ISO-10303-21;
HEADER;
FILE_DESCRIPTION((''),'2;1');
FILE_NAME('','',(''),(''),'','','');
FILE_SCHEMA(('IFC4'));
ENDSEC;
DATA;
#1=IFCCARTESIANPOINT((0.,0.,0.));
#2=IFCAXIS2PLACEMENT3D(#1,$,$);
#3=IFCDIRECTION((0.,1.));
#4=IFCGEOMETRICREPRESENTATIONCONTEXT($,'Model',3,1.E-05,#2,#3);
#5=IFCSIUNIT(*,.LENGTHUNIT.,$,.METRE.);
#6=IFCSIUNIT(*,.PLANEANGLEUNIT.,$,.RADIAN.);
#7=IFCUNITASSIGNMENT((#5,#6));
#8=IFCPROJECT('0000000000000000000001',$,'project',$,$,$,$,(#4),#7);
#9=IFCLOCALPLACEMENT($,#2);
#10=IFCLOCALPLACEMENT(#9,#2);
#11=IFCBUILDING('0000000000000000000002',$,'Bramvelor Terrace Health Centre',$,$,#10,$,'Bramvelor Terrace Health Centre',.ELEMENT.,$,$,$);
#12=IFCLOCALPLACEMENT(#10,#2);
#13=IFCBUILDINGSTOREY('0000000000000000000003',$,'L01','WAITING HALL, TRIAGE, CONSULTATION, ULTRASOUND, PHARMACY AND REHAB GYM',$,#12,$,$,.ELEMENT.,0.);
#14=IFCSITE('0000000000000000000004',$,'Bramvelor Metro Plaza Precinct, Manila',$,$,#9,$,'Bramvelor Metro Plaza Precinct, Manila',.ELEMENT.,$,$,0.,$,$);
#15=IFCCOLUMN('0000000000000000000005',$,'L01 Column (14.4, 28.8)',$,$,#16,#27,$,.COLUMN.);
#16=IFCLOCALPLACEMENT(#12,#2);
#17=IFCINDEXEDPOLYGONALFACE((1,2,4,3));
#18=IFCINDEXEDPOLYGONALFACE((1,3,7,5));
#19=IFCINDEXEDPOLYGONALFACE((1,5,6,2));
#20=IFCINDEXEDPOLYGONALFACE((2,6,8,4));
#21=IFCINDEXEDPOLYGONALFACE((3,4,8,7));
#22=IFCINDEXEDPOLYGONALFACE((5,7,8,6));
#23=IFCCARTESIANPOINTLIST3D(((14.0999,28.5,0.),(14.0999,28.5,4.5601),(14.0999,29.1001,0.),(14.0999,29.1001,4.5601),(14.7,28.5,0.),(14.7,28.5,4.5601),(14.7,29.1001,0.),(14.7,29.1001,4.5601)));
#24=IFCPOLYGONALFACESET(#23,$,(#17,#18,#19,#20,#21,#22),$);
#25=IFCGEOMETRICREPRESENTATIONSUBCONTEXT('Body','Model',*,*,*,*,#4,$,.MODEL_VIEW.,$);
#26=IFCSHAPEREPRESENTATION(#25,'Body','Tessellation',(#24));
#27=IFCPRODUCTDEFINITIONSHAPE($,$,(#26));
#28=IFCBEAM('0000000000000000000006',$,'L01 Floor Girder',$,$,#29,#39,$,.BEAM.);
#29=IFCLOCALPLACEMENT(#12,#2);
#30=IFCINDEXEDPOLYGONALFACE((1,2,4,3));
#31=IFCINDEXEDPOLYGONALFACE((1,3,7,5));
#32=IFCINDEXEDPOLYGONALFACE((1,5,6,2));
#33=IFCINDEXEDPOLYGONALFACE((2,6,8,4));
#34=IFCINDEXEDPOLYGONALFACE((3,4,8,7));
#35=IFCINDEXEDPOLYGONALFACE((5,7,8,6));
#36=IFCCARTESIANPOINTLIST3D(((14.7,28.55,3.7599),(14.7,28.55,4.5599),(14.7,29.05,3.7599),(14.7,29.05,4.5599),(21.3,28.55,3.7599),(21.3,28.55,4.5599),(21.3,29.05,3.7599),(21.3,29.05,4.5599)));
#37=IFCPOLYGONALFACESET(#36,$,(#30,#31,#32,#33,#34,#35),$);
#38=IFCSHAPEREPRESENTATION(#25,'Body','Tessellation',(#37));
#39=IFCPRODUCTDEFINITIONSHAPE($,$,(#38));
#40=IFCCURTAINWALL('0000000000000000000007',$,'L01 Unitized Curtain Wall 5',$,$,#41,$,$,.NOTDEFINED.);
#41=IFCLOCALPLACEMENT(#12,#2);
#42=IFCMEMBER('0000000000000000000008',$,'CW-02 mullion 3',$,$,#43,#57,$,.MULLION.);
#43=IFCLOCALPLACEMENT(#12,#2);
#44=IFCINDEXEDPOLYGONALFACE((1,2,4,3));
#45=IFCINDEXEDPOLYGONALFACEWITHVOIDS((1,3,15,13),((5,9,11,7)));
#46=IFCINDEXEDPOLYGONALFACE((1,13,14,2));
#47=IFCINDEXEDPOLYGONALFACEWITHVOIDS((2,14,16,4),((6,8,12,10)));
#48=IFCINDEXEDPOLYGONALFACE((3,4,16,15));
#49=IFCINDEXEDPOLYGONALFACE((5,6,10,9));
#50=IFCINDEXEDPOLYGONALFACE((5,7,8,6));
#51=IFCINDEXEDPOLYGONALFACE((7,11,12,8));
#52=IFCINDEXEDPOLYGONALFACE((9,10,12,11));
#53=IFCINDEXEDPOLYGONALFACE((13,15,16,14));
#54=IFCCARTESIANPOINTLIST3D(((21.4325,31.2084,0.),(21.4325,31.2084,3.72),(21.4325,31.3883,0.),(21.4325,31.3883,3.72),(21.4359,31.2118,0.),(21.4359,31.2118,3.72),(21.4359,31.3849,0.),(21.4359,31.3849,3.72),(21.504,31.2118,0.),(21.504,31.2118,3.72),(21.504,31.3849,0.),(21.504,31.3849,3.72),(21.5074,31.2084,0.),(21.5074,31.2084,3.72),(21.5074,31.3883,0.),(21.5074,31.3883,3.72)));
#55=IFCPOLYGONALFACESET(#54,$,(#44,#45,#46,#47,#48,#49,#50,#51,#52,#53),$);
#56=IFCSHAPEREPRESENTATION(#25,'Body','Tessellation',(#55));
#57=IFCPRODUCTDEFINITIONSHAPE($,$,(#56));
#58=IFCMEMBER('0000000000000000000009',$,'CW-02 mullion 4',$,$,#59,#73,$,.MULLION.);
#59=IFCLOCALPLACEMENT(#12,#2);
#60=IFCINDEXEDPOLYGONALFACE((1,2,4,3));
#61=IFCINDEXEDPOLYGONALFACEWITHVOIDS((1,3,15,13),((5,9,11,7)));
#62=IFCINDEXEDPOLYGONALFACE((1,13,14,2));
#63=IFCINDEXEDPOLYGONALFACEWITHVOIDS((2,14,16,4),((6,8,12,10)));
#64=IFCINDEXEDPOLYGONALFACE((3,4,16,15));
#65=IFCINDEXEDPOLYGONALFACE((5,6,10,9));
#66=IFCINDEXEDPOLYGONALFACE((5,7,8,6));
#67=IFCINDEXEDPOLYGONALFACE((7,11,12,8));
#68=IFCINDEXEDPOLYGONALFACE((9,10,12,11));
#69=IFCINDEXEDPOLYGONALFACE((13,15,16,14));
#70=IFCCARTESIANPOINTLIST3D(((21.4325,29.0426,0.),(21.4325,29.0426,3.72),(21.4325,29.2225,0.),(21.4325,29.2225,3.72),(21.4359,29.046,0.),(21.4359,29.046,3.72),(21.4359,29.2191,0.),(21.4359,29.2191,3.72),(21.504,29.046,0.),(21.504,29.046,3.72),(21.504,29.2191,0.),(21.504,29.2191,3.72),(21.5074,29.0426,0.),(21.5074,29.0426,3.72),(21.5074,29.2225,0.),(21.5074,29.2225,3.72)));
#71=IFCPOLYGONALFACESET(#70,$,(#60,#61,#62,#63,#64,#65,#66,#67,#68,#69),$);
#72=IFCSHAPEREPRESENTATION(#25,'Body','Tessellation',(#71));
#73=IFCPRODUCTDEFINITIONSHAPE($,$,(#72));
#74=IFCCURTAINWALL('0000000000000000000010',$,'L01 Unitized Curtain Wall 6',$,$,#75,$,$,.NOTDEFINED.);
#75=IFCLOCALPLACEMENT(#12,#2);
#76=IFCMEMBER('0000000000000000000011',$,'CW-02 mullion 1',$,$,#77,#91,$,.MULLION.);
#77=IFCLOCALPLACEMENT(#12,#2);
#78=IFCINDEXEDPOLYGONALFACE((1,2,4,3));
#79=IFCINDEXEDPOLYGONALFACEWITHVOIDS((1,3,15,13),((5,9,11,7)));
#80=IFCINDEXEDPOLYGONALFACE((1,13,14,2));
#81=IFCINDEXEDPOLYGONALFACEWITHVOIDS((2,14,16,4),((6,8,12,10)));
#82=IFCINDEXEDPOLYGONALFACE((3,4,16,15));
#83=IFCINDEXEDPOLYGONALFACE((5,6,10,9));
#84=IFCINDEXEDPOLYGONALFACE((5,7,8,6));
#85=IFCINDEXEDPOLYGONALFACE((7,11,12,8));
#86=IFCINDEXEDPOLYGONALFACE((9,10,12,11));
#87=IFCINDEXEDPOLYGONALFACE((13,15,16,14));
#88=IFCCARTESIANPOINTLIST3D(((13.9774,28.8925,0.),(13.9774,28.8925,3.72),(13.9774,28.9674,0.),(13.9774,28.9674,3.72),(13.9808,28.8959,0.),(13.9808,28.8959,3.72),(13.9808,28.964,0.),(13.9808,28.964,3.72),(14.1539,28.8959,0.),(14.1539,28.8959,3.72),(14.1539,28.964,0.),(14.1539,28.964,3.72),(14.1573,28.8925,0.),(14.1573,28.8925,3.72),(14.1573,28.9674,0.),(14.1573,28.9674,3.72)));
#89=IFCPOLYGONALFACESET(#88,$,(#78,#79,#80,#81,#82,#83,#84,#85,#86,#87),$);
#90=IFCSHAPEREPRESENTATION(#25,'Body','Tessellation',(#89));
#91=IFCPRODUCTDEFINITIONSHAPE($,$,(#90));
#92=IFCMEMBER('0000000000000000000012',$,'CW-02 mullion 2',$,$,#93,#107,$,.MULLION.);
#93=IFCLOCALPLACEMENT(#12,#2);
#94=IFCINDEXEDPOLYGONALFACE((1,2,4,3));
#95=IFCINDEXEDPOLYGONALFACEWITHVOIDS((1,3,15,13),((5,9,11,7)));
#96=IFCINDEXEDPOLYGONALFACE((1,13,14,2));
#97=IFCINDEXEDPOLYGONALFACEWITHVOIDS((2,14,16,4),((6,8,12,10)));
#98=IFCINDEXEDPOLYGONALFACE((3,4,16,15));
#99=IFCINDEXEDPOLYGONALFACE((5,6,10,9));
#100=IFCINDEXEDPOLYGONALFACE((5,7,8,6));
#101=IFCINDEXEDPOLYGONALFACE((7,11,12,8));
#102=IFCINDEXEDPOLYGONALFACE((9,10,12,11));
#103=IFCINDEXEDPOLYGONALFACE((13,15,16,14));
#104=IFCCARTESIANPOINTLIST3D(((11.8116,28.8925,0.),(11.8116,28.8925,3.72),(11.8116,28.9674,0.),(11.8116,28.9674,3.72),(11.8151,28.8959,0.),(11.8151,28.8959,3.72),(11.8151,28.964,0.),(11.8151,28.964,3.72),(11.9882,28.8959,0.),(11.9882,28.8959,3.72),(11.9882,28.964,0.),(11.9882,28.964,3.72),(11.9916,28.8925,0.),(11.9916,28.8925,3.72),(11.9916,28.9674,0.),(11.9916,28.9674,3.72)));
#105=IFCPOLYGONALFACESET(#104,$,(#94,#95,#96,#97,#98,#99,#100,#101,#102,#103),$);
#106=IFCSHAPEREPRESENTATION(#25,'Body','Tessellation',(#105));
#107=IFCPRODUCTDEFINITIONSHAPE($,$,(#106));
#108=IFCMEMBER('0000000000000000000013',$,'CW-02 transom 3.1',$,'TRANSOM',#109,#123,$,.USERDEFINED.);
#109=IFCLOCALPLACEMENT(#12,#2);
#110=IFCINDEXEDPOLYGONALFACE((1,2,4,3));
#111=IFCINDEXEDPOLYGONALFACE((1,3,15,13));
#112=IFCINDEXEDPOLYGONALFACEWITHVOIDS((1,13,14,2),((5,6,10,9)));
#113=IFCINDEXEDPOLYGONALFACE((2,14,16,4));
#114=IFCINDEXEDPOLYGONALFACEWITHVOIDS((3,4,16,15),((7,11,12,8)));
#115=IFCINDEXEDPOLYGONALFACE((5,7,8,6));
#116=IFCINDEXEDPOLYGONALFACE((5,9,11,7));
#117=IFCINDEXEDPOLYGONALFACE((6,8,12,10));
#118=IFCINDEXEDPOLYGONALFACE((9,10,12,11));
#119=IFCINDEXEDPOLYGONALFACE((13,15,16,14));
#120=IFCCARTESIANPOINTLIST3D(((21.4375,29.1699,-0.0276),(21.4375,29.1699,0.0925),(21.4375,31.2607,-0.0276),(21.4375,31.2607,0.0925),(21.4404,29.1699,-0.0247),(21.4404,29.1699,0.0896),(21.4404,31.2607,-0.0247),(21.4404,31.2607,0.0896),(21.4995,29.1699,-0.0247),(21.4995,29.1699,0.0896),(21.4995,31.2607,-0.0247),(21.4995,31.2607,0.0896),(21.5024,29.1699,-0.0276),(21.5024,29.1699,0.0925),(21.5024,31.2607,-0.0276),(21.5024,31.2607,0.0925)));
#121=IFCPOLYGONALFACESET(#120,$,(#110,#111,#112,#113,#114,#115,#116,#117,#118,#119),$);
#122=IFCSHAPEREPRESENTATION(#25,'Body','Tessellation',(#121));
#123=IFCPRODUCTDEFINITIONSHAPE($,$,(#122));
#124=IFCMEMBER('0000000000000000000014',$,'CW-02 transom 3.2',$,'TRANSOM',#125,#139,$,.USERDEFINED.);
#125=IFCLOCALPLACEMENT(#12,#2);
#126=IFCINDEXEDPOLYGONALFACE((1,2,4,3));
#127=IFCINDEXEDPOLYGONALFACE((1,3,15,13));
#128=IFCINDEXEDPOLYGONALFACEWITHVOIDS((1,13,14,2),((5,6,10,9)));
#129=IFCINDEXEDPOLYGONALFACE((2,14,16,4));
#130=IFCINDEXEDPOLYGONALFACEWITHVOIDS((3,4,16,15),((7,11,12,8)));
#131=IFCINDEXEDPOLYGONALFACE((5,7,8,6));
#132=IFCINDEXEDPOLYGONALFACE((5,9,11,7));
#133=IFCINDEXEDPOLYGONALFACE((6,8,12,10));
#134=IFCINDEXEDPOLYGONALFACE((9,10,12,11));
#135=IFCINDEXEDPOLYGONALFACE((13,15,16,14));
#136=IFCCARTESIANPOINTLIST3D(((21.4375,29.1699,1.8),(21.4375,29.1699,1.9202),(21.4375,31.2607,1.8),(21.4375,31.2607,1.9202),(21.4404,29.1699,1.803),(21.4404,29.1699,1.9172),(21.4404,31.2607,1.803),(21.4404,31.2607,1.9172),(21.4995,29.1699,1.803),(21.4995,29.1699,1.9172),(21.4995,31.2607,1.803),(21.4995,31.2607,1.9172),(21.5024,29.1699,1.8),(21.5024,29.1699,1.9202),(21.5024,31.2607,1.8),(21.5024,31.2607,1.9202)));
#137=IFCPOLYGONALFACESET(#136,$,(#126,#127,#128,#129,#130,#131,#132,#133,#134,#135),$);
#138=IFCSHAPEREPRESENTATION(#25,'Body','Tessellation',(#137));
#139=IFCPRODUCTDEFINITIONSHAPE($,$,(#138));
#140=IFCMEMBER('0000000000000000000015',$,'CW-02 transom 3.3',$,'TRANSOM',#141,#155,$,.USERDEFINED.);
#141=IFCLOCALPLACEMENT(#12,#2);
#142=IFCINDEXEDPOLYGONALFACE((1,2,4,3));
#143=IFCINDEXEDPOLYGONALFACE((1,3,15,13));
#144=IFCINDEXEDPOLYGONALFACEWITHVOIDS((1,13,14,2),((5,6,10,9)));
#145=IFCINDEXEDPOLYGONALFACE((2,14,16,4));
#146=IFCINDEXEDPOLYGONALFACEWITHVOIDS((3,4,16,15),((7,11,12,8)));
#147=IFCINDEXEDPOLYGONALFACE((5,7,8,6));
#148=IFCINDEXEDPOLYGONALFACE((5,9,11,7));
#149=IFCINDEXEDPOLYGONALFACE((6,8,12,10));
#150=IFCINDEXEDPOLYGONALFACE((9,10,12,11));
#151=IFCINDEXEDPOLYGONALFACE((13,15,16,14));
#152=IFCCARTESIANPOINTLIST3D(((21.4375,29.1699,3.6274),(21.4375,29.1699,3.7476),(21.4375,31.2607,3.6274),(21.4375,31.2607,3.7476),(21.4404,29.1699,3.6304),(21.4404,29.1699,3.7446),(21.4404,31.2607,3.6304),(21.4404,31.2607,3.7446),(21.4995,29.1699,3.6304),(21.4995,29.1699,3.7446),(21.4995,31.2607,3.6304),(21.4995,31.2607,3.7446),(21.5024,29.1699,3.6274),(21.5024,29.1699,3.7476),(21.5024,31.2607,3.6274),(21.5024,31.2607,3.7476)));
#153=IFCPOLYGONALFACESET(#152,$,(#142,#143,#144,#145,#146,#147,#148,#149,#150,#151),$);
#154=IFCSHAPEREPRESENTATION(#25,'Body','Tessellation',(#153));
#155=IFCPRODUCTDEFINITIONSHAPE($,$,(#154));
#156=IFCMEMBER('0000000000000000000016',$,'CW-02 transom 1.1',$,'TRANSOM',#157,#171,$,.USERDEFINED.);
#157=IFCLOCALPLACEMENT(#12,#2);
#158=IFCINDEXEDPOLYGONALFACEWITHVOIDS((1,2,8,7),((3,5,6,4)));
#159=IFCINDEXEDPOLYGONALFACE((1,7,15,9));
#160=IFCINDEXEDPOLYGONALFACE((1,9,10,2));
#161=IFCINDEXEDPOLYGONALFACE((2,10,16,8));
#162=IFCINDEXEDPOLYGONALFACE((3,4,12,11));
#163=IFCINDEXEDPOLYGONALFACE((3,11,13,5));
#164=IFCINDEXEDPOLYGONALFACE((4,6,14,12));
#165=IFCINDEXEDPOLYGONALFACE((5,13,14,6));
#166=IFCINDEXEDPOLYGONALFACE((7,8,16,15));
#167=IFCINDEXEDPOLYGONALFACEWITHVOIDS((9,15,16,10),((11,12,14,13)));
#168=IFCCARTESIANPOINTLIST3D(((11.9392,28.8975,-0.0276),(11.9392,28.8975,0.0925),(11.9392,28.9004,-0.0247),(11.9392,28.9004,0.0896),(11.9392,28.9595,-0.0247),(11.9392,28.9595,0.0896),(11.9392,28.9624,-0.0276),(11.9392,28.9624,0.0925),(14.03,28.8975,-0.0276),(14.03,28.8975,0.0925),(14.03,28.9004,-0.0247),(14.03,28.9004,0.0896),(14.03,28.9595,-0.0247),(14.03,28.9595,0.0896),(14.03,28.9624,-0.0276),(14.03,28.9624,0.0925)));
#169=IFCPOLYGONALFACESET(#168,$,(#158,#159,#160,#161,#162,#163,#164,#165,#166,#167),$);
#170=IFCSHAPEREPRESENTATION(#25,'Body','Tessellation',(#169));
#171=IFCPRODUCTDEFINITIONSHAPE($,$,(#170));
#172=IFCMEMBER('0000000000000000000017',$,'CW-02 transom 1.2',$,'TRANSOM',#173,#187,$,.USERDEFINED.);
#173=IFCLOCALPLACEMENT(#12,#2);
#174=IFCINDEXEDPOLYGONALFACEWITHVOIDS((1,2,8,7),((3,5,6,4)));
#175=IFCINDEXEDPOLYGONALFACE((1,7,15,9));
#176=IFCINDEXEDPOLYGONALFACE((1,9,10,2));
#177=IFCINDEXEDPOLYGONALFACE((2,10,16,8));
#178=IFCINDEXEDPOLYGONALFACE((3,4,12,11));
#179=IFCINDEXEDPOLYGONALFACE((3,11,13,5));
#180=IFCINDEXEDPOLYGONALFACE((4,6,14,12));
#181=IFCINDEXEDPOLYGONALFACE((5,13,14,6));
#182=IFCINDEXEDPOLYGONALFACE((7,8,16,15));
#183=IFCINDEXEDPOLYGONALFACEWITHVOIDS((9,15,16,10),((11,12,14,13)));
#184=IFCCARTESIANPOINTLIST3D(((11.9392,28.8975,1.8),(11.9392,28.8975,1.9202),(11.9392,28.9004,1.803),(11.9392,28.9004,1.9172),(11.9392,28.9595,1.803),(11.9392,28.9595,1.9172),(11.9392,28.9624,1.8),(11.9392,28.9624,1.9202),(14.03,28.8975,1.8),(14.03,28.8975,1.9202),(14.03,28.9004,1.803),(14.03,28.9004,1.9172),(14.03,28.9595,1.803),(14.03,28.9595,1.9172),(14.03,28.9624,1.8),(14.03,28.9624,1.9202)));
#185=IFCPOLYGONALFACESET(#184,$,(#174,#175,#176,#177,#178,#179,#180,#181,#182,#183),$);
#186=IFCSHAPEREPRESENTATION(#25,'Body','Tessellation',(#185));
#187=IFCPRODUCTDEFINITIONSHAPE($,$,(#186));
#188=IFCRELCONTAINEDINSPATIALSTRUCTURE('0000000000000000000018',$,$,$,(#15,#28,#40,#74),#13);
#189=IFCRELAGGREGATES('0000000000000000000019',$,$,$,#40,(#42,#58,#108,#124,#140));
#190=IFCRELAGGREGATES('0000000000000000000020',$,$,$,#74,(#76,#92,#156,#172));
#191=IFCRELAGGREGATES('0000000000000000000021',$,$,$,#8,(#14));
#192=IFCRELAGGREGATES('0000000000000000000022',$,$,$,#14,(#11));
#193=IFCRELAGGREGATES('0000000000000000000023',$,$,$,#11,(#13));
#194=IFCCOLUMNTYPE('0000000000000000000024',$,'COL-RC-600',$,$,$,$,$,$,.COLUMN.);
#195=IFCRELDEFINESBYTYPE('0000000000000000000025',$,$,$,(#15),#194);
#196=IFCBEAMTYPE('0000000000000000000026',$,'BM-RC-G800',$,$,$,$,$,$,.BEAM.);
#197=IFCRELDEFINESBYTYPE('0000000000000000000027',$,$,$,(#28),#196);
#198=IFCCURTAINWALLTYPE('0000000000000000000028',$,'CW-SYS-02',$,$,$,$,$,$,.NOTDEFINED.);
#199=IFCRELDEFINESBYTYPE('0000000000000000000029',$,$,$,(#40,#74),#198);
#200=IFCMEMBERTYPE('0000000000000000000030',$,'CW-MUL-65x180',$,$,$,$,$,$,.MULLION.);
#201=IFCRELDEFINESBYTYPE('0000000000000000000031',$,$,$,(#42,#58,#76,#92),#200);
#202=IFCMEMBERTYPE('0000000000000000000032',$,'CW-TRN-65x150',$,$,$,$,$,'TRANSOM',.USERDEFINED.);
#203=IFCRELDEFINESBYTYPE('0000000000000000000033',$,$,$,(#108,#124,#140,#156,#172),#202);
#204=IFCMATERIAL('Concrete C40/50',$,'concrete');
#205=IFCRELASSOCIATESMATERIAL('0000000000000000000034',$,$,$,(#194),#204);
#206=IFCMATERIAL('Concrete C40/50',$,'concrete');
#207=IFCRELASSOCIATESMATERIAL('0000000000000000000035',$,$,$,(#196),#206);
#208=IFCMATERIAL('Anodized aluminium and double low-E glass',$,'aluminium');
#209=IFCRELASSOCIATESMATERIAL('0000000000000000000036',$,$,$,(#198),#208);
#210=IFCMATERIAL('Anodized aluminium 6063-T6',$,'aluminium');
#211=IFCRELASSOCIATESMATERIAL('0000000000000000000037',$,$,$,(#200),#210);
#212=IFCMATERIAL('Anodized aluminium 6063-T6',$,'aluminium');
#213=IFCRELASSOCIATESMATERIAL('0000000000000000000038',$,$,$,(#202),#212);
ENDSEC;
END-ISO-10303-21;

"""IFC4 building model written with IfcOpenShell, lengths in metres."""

from ifc_helpers import new_model, si_unit, direction, frame, origin, origin_2d, place, context, subcontext, project, spatial, rectangle, hollow_rectangle, extrude, material, material_profile, profile_set, type_object, element, aggregate, save


model = new_model("IFC4")

# Units and contexts
model_context = context("Model", 3, precision=1e-05, world=origin(), true_north=direction((0.0, 1.0)))
body_context = subcontext(model_context, "Body", "Model", "MODEL_VIEW")
ifc_project = project(units=[si_unit("LENGTHUNIT", "METRE"), si_unit("PLANEANGLEUNIT", "RADIAN")], contexts=[model_context])

# Site, building, storey
site_placement = place(None, origin())
site = spatial("IfcSite", under=ifc_project, at=site_placement, Name="Bramvelor Metro Plaza Precinct, Manila", LongName="Bramvelor Metro Plaza Precinct, Manila", CompositionType="ELEMENT", RefElevation=0.0)
building_placement = place(site_placement, origin())
building = spatial("IfcBuilding", under=site, at=building_placement, Name="Bramvelor Terrace Health Centre", LongName="Bramvelor Terrace Health Centre", CompositionType="ELEMENT")
storey_placement = place(building_placement, origin())
storey = spatial("IfcBuildingStorey", under=building, at=storey_placement, Name="L01", Description="WAITING HALL, TRIAGE, CONSULTATION, ULTRASOUND, PHARMACY AND REHAB GYM", CompositionType="ELEMENT", Elevation=0.0)

# Column
ifc_material_1 = material(Name="Concrete C40/50", Category="concrete")
ifc_material_profile_1 = material_profile(ifc_material_1, rectangle(XDim=0.6001, YDim=0.6001, at=origin_2d()), Name="RC 600x600")
ifc_profile_set_1 = profile_set([ifc_material_profile_1], Name="Concrete C40/50")
column_type = type_object("IfcColumnType", Name="COL-RC-600", PredefinedType="COLUMN", material=ifc_profile_set_1)
column_placement = place(storey_placement, frame((14.3999, 28.8, 0.0), z_axis=(0.0, 0.0, 1.0), x_axis=(1.0, 0.0, 0.0)))
element("IfcColumn", 1, at=column_placement, inside=storey, type_object=column_type, Name="L01 Column (14.4, 28.8)", PredefinedType="COLUMN", context=body_context, shape_type="SweptSolid", body=[
    extrude(rectangle(XDim=0.6001, YDim=0.6001, at=origin_2d()), origin(), (0.0, 0.0, 1.0), 4.5601),
])

# Beam
ifc_material_2 = material(Name="Concrete C40/50", Category="concrete")
ifc_material_profile_2 = material_profile(ifc_material_2, rectangle(XDim=0.5, YDim=0.8, at=origin_2d()), Name="RC 500x800")
ifc_profile_set_2 = profile_set([ifc_material_profile_2], Name="Concrete C40/50")
beam_type = type_object("IfcBeamType", Name="BM-RC-G800", PredefinedType="BEAM", material=ifc_profile_set_2)
beam_placement = place(storey_placement, frame((14.7, 28.8, 4.1599), z_axis=(1.0, 0.0, 0.0), x_axis=(0.0, 1.0, 0.0)))
element("IfcBeam", 2, at=beam_placement, inside=storey, type_object=beam_type, Name="L01 Floor Girder", PredefinedType="BEAM", context=body_context, shape_type="SweptSolid", body=[
    extrude(rectangle(XDim=0.5, YDim=0.8, at=origin_2d()), origin(), (0.0, 0.0, 1.0), 6.6001),
])

# Curtain walls, members
ifc_material_3 = material(Name="Anodized aluminium and double low-E glass", Category="aluminium")
curtain_wall_type = type_object("IfcCurtainWallType", Name="CW-SYS-02", PredefinedType="NOTDEFINED", material=ifc_material_3)
curtain_wall_1_placement = place(storey_placement, origin())
curtain_wall_1 = element("IfcCurtainWall", 3, at=curtain_wall_1_placement, inside=storey, type_object=curtain_wall_type, Name="L01 Unitized Curtain Wall 5", PredefinedType="NOTDEFINED")
ifc_material_4 = material(Name="Anodized aluminium 6063-T6", Category="aluminium")
ifc_material_profile_3 = material_profile(ifc_material_4, hollow_rectangle(XDim=0.075, YDim=0.1799, WallThickness=0.0034, at=origin_2d()), Name="ALU-MUL 75x180x3.5")
ifc_profile_set_3 = profile_set([ifc_material_profile_3], Name="Anodized aluminium 6063-T6")
member_type_1 = type_object("IfcMemberType", Name="CW-MUL-65x180", PredefinedType="MULLION", material=ifc_profile_set_3)
member_1_placement = place(storey_placement, frame((21.47, 31.2983, 0.0), z_axis=(0.0, 0.0, 1.0), x_axis=(1.0, 0.0, 0.0)))
member_1 = element("IfcMember", 4, at=member_1_placement, type_object=member_type_1, Name="CW-02 mullion 3", PredefinedType="MULLION", context=body_context, shape_type="SweptSolid", body=[
    extrude(hollow_rectangle(XDim=0.075, YDim=0.1799, WallThickness=0.0034, at=origin_2d()), origin(), (0.0, 0.0, 1.0), 3.72),
])
member_2_placement = place(storey_placement, frame((21.47, 29.1326, 0.0), z_axis=(0.0, 0.0, 1.0), x_axis=(1.0, 0.0, 0.0)))
member_2 = element("IfcMember", 5, at=member_2_placement, type_object=member_type_1, Name="CW-02 mullion 4", PredefinedType="MULLION", context=body_context, shape_type="SweptSolid", body=[
    extrude(hollow_rectangle(XDim=0.075, YDim=0.1799, WallThickness=0.0034, at=origin_2d()), origin(), (0.0, 0.0, 1.0), 3.72),
])
curtain_wall_2_placement = place(storey_placement, origin())
curtain_wall_2 = element("IfcCurtainWall", 6, at=curtain_wall_2_placement, inside=storey, type_object=curtain_wall_type, Name="L01 Unitized Curtain Wall 6", PredefinedType="NOTDEFINED")
member_3_placement = place(storey_placement, frame((14.0674, 28.9299, 0.0), z_axis=(0.0, 0.0, 1.0), x_axis=(0.0, -1.0, 0.0)))
member_3 = element("IfcMember", 7, at=member_3_placement, type_object=member_type_1, Name="CW-02 mullion 1", PredefinedType="MULLION", context=body_context, shape_type="SweptSolid", body=[
    extrude(hollow_rectangle(XDim=0.075, YDim=0.1799, WallThickness=0.0034, at=origin_2d()), origin(), (0.0, 0.0, 1.0), 3.72),
])
member_4_placement = place(storey_placement, frame((11.9016, 28.9299, 0.0), z_axis=(0.0, 0.0, 1.0), x_axis=(0.0, -1.0, 0.0)))
member_4 = element("IfcMember", 8, at=member_4_placement, type_object=member_type_1, Name="CW-02 mullion 2", PredefinedType="MULLION", context=body_context, shape_type="SweptSolid", body=[
    extrude(hollow_rectangle(XDim=0.075, YDim=0.1799, WallThickness=0.0034, at=origin_2d()), origin(), (0.0, 0.0, 1.0), 3.72),
])

# Members
ifc_material_5 = material(Name="Anodized aluminium 6063-T6", Category="aluminium")
ifc_material_profile_4 = material_profile(ifc_material_5, hollow_rectangle(XDim=0.0649, YDim=0.1201, WallThickness=0.0029, at=origin_2d()), Name="ALU-TRN 65x120x3.0")
ifc_profile_set_4 = profile_set([ifc_material_profile_4], Name="Anodized aluminium 6063-T6")
member_type_2 = type_object("IfcMemberType", Name="CW-TRN-65x150", ElementType="TRANSOM", PredefinedType="USERDEFINED", material=ifc_profile_set_4)
member_5_placement = place(storey_placement, frame((21.47, 31.2607, 0.0325), z_axis=(0.0, -1.0, 0.0), x_axis=(1.0, 0.0, 0.0)))
member_5 = element("IfcMember", 9, at=member_5_placement, type_object=member_type_2, Name="CW-02 transom 3.1", ObjectType="TRANSOM", PredefinedType="USERDEFINED", context=body_context, shape_type="SweptSolid", body=[
    extrude(hollow_rectangle(XDim=0.0649, YDim=0.1201, WallThickness=0.0029, at=origin_2d()), origin(), (0.0, 0.0, 1.0), 2.0908),
])
member_6_placement = place(storey_placement, frame((21.47, 31.2607, 1.8601), z_axis=(0.0, -1.0, 0.0), x_axis=(1.0, 0.0, 0.0)))
member_6 = element("IfcMember", 10, at=member_6_placement, type_object=member_type_2, Name="CW-02 transom 3.2", ObjectType="TRANSOM", PredefinedType="USERDEFINED", context=body_context, shape_type="SweptSolid", body=[
    extrude(hollow_rectangle(XDim=0.0649, YDim=0.1201, WallThickness=0.0029, at=origin_2d()), origin(), (0.0, 0.0, 1.0), 2.0908),
])
member_7_placement = place(storey_placement, frame((21.47, 31.2607, 3.6875), z_axis=(0.0, -1.0, 0.0), x_axis=(1.0, 0.0, 0.0)))
member_7 = element("IfcMember", 11, at=member_7_placement, type_object=member_type_2, Name="CW-02 transom 3.3", ObjectType="TRANSOM", PredefinedType="USERDEFINED", context=body_context, shape_type="SweptSolid", body=[
    extrude(hollow_rectangle(XDim=0.0649, YDim=0.1201, WallThickness=0.0029, at=origin_2d()), origin(), (0.0, 0.0, 1.0), 2.0908),
])
member_8_placement = place(storey_placement, frame((14.03, 28.9299, 0.0325), z_axis=(-1.0, 0.0, 0.0), x_axis=(0.0, -1.0, 0.0)))
member_8 = element("IfcMember", 12, at=member_8_placement, type_object=member_type_2, Name="CW-02 transom 1.1", ObjectType="TRANSOM", PredefinedType="USERDEFINED", context=body_context, shape_type="SweptSolid", body=[
    extrude(hollow_rectangle(XDim=0.0649, YDim=0.1201, WallThickness=0.0029, at=origin_2d()), origin(), (0.0, 0.0, 1.0), 2.0908),
])
member_9_placement = place(storey_placement, frame((14.03, 28.9299, 1.8601), z_axis=(-1.0, 0.0, 0.0), x_axis=(0.0, -1.0, 0.0)))
member_9 = element("IfcMember", 13, at=member_9_placement, type_object=member_type_2, Name="CW-02 transom 1.2", ObjectType="TRANSOM", PredefinedType="USERDEFINED", context=body_context, shape_type="SweptSolid", body=[
    extrude(hollow_rectangle(XDim=0.0649, YDim=0.1201, WallThickness=0.0029, at=origin_2d()), origin(), (0.0, 0.0, 1.0), 2.0908),
])

aggregate(curtain_wall_1, [member_1, member_2, member_5, member_6, member_7])
aggregate(curtain_wall_2, [member_3, member_4, member_8, member_9])

save(model, "model.ifc")
